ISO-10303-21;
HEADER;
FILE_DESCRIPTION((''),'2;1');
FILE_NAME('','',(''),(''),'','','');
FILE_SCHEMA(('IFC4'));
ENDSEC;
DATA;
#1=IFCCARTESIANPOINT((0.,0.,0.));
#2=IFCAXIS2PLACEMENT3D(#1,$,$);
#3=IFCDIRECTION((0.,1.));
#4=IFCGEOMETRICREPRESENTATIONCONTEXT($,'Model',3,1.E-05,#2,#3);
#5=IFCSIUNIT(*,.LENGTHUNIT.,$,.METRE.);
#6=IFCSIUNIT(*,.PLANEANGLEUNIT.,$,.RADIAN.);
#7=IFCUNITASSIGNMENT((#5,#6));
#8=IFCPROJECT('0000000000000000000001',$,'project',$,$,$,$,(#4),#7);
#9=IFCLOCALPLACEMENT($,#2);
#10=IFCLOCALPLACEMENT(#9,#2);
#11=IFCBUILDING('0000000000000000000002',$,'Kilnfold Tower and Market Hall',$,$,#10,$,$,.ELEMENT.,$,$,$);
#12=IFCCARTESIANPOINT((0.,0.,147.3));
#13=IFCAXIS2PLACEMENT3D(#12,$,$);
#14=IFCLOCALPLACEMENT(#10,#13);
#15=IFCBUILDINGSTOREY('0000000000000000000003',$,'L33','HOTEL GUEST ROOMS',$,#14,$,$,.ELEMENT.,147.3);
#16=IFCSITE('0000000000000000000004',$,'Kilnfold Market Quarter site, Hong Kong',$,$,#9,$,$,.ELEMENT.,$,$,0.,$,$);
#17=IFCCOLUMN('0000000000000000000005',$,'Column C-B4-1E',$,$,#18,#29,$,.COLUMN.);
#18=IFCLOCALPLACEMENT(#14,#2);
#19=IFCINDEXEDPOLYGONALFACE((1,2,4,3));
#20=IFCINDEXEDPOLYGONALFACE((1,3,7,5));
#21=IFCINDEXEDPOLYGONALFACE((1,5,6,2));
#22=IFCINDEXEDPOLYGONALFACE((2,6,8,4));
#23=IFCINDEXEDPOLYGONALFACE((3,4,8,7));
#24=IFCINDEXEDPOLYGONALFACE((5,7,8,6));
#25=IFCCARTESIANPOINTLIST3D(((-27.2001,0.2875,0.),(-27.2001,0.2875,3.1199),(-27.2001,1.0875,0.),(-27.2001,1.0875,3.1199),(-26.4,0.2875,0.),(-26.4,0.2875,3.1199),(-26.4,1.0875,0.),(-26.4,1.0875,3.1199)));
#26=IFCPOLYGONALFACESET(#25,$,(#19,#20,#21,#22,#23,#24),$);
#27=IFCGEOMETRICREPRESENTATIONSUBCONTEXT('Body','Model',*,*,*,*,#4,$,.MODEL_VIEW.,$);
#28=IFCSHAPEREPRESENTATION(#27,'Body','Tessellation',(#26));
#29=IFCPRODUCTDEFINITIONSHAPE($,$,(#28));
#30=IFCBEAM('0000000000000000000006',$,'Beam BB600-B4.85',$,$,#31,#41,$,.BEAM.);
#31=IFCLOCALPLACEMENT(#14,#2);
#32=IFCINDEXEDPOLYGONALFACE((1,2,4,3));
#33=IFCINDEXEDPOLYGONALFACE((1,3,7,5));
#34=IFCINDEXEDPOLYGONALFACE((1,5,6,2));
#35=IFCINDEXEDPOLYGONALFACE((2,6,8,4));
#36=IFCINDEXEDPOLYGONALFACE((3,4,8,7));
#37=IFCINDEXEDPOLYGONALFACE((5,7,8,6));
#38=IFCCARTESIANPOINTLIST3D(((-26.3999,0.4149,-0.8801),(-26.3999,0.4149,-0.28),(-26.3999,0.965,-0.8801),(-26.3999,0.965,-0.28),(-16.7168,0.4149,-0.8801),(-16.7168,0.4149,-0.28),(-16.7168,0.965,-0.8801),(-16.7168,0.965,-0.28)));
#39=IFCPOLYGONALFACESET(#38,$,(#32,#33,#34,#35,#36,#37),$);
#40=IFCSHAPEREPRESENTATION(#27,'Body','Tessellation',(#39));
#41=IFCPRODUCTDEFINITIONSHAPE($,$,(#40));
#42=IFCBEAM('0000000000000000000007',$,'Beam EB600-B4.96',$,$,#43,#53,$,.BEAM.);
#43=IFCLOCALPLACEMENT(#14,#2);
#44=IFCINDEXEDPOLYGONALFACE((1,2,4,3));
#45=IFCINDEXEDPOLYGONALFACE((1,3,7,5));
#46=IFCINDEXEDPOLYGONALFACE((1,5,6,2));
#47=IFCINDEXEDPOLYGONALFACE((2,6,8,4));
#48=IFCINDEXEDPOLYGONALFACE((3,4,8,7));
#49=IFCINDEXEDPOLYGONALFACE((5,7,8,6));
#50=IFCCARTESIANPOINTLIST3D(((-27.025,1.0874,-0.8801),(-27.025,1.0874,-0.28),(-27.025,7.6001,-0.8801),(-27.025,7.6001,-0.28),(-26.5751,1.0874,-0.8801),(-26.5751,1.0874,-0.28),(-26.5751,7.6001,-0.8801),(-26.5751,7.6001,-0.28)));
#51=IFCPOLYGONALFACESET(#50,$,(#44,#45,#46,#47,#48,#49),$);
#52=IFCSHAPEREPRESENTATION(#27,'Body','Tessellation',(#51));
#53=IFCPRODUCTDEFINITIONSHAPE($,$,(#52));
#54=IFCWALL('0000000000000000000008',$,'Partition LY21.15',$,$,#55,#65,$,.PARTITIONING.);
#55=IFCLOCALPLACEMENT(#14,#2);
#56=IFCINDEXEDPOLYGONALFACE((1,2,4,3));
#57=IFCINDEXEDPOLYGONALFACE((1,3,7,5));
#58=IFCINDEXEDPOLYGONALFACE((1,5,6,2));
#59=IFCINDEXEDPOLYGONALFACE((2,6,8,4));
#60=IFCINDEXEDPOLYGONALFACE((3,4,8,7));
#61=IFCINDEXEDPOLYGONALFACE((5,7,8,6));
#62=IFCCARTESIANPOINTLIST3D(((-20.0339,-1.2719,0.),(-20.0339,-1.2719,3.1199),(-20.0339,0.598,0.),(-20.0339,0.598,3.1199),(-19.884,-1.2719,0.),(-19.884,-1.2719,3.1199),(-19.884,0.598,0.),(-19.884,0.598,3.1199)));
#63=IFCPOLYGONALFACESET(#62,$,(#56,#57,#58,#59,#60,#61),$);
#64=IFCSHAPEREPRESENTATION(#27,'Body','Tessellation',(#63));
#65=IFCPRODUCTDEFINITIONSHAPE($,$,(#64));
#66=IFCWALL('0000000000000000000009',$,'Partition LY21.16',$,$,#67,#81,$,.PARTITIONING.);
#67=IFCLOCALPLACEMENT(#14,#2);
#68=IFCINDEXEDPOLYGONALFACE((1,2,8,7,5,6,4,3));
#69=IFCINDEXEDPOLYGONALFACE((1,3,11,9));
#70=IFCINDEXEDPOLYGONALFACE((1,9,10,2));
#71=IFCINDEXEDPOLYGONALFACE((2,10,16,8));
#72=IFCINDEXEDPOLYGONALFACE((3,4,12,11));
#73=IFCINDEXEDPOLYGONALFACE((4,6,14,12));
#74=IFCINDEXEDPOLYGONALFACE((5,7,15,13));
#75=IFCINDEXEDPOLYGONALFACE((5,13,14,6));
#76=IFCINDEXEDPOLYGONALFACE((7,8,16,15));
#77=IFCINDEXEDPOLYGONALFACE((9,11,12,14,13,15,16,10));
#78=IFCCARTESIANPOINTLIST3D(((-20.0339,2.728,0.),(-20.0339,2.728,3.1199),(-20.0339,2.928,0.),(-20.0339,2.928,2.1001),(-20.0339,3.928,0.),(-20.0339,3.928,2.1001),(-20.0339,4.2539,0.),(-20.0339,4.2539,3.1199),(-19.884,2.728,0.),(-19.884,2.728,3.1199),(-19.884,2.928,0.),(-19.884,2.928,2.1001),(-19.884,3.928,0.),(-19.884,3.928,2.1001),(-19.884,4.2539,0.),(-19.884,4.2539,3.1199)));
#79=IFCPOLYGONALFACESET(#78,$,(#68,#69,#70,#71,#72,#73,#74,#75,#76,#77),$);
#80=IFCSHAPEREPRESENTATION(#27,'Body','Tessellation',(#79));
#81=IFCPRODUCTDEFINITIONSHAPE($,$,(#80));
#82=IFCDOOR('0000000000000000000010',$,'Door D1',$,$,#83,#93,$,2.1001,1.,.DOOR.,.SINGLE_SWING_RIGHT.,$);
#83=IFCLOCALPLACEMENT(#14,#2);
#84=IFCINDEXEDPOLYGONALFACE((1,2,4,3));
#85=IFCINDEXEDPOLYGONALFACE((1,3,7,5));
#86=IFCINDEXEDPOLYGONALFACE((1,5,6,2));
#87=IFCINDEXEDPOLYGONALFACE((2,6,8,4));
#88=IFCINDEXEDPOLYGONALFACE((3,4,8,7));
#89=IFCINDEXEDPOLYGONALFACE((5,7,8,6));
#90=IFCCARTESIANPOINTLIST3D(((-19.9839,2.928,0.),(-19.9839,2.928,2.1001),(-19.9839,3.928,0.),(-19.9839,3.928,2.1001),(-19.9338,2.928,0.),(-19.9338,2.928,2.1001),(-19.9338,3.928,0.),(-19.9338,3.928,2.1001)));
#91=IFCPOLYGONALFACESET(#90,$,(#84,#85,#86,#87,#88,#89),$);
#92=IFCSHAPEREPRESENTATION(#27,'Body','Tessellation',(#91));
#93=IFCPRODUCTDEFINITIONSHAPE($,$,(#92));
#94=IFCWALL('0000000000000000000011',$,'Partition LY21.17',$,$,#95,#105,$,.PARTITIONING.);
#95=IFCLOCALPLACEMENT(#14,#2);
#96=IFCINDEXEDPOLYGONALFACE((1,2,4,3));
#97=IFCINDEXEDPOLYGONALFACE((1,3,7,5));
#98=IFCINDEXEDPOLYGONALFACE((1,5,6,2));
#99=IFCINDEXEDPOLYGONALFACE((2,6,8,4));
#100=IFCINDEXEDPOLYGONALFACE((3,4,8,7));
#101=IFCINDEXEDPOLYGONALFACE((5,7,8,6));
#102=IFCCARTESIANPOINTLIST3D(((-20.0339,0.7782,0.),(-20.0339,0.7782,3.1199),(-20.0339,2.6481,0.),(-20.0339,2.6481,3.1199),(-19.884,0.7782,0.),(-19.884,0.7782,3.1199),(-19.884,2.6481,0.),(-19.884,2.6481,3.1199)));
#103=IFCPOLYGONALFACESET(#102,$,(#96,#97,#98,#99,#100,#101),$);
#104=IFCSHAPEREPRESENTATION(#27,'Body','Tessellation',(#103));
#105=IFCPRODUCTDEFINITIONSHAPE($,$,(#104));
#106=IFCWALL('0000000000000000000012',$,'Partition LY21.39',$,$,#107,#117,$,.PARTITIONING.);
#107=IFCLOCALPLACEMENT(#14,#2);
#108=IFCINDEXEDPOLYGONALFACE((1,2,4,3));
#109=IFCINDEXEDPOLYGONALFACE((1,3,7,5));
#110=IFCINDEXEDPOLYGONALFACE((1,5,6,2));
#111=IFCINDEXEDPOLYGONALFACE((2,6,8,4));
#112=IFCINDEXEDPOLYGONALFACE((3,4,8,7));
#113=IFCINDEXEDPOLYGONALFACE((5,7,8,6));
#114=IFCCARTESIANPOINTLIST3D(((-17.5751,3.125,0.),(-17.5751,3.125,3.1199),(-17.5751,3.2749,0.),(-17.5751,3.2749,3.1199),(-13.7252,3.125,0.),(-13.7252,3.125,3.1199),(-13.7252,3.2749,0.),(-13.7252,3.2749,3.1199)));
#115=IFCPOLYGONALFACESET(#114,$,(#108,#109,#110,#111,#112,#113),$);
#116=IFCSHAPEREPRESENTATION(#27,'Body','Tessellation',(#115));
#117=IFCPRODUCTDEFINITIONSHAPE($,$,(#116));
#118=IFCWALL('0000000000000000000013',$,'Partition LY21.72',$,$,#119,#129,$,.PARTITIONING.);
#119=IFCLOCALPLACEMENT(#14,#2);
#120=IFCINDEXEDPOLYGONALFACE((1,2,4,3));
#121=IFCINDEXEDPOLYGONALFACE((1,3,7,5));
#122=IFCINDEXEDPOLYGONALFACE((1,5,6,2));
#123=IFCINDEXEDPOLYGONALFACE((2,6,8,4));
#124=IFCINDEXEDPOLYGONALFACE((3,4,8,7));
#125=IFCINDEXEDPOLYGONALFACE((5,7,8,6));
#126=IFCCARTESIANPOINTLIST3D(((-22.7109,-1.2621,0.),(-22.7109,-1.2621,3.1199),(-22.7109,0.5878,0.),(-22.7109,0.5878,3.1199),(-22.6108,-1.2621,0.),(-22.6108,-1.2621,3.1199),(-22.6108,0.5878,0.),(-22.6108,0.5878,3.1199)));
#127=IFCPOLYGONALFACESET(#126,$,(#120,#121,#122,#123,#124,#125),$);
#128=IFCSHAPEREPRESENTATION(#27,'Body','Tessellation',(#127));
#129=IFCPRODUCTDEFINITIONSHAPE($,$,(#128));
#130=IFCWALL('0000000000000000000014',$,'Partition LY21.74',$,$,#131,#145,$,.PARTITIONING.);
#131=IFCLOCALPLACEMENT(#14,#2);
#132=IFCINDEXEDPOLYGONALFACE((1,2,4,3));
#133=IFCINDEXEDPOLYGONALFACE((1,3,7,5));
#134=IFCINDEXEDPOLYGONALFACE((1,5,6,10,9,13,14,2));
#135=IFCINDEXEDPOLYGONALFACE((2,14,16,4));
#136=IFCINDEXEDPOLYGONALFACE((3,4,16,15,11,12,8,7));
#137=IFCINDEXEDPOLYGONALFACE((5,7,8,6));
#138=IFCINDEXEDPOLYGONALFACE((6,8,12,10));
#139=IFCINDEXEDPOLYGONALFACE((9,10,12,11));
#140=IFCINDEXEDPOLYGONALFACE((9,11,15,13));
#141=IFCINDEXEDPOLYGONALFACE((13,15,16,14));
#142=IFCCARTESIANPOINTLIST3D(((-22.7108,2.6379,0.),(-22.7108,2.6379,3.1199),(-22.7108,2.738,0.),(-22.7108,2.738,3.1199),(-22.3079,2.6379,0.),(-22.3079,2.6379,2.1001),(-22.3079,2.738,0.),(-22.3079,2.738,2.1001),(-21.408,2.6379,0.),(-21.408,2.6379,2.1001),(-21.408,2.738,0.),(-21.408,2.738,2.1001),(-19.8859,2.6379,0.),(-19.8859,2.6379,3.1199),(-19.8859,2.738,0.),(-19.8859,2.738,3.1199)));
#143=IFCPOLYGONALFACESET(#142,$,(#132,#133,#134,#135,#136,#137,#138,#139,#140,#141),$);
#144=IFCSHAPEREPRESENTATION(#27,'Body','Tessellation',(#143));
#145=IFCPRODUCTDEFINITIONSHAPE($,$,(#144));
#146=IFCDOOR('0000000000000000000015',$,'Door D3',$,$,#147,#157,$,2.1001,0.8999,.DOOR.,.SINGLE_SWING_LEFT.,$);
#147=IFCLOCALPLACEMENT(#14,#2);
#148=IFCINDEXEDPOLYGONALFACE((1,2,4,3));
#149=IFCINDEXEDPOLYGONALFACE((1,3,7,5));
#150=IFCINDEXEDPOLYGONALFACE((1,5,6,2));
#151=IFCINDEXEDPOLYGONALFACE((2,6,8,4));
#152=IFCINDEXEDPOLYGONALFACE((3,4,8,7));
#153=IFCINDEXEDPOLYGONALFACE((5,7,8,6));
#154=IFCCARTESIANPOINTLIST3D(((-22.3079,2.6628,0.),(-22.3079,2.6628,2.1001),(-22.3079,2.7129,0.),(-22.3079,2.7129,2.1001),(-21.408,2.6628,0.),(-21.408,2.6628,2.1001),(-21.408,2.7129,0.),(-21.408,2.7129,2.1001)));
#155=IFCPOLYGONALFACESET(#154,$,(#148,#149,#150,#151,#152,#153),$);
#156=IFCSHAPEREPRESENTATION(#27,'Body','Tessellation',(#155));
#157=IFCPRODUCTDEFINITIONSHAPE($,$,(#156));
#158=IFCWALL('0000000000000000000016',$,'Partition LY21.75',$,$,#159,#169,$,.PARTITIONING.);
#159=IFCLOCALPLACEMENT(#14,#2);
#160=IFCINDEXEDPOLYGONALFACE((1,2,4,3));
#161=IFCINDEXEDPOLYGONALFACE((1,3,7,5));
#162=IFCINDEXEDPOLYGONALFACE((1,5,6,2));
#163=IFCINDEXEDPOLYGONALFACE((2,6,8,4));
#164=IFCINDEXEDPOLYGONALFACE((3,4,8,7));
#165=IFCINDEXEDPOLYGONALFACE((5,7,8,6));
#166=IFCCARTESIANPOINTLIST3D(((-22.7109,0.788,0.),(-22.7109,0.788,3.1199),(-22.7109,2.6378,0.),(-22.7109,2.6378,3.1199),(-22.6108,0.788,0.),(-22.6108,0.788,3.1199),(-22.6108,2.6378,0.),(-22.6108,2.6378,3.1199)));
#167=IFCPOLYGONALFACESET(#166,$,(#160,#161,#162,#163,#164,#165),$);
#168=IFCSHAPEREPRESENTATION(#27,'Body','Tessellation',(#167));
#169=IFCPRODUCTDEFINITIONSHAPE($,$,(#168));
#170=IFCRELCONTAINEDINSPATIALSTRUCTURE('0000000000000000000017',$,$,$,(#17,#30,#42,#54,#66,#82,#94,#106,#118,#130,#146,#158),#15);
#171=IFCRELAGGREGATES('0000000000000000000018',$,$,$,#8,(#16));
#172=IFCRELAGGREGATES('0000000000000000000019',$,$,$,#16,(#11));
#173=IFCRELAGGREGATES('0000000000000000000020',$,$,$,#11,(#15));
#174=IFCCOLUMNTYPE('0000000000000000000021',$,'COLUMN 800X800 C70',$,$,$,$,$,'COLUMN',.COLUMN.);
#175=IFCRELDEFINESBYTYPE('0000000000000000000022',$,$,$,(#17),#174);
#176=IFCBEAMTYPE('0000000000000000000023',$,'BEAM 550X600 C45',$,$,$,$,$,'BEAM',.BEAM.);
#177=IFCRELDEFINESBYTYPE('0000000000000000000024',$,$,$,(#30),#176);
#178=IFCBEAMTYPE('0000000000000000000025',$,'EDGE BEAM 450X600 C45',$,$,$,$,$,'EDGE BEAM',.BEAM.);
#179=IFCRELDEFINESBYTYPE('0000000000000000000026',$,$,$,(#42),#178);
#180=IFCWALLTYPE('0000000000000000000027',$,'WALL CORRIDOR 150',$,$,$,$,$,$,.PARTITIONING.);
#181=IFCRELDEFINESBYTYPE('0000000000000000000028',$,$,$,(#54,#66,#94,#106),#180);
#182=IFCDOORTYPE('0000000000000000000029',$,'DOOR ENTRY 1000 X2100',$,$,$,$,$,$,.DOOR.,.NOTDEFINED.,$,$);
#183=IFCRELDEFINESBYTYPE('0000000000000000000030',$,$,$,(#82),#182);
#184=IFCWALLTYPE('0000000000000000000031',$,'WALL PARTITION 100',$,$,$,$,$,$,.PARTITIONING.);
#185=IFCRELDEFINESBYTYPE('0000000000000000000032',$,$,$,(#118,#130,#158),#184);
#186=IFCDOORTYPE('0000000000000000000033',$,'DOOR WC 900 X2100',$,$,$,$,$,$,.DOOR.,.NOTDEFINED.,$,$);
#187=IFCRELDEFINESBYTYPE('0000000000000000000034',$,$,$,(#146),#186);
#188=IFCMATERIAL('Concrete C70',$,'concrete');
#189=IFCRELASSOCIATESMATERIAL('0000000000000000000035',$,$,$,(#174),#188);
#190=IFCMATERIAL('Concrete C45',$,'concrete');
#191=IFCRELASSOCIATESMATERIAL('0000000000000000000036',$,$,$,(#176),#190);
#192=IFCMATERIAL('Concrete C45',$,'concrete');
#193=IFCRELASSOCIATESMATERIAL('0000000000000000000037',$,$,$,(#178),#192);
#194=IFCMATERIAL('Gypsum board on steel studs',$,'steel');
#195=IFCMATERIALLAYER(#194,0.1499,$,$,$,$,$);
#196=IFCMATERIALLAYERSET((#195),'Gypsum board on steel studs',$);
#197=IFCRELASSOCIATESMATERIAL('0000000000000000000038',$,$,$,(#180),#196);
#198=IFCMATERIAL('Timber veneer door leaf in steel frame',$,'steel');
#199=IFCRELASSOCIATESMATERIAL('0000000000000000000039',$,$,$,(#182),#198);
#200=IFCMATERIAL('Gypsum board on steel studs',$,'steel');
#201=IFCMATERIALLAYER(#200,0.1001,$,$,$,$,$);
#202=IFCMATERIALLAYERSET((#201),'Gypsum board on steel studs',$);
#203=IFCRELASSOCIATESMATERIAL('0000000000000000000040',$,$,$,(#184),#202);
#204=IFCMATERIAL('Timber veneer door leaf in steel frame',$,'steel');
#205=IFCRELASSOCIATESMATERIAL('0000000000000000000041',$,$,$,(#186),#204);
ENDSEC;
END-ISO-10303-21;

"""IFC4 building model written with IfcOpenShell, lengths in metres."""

from ifc_helpers import new_model, si_unit, direction, frame, frame_2d, origin, origin_2d, place, context, subcontext, project, spatial, rectangle, extrude, source, transform, mapped, material, layer, layer_set, material_profile, profile_set, type_object, element, fill, save


model = new_model("IFC4")

# Units and contexts
model_context = context("Model", 3, precision=1e-05, world=origin(), true_north=direction((0.0, 1.0)))
body_context = subcontext(model_context, "Body", "Model", "MODEL_VIEW")
ifc_project = project(units=[si_unit("LENGTHUNIT", "METRE"), si_unit("PLANEANGLEUNIT", "RADIAN")], contexts=[model_context])

# Site, building, storey
site_placement = place(None, origin())
site = spatial("IfcSite", under=ifc_project, at=site_placement, Name="Kilnfold Market Quarter site, Hong Kong", CompositionType="ELEMENT", RefElevation=0.0)
building_placement = place(site_placement, origin())
building = spatial("IfcBuilding", under=site, at=building_placement, Name="Kilnfold Tower and Market Hall", CompositionType="ELEMENT")
storey_placement = place(building_placement, frame((0.0, 0.0, 147.3)))
storey = spatial("IfcBuildingStorey", under=building, at=storey_placement, Name="L33", Description="HOTEL GUEST ROOMS", CompositionType="ELEMENT", Elevation=147.3)

# Column
ifc_material_1 = material(Name="Concrete C70", Category="concrete")
ifc_material_profile_1 = material_profile(ifc_material_1, rectangle(XDim=0.8, YDim=0.8, at=origin_2d()), Name="RC 800x800")
ifc_profile_set_1 = profile_set([ifc_material_profile_1], Name="Concrete C70")
column_type = type_object("IfcColumnType", Name="COLUMN 800X800 C70", ElementType="COLUMN", PredefinedType="COLUMN", material=ifc_profile_set_1)
shared_shape_1 = source(origin(), body_context, "Body", "SweptSolid", [
    extrude(rectangle(XDim=0.8, YDim=0.8, at=origin_2d()), origin(), (0.0, 0.0, 1.0), 3.1199),
])
column_placement = place(storey_placement, frame((-26.8, 0.6875, 0.0), z_axis=(0.0, 0.0, 1.0), x_axis=(1.0, 0.0, 0.0)))
element("IfcColumn", 1, at=column_placement, inside=storey, type_object=column_type, Name="Column C-B4-1E", PredefinedType="COLUMN", context=body_context, shape_type="MappedRepresentation", body=[
    mapped(shared_shape_1, transform((0.0, 0.0, 0.0))),
])

# Beams
ifc_material_2 = material(Name="Concrete C45", Category="concrete")
ifc_material_profile_2 = material_profile(ifc_material_2, rectangle(XDim=0.55, YDim=0.6001, at=origin_2d()), Name="RC 550x600")
ifc_profile_set_2 = profile_set([ifc_material_profile_2], Name="Concrete C45")
beam_type_1 = type_object("IfcBeamType", Name="BEAM 550X600 C45", ElementType="BEAM", PredefinedType="BEAM", material=ifc_profile_set_2)
shared_shape_2 = source(origin(), body_context, "Body", "SweptSolid", [
    extrude(rectangle(XDim=0.55, YDim=0.6001, at=origin_2d()), origin(), (0.0, 0.0, 1.0), 9.6831),
])
beam_1_placement = place(storey_placement, frame((-26.3999, 0.6899, -0.5801), z_axis=(1.0, 0.0, 0.0), x_axis=(0.0, 1.0, 0.0)))
element("IfcBeam", 2, at=beam_1_placement, inside=storey, type_object=beam_type_1, Name="Beam BB600-B4.85", PredefinedType="BEAM", context=body_context, shape_type="MappedRepresentation", body=[
    mapped(shared_shape_2, transform((0.0, 0.0, 0.0))),
])
ifc_material_3 = material(Name="Concrete C45", Category="concrete")
ifc_material_profile_3 = material_profile(ifc_material_3, rectangle(XDim=0.45, YDim=0.6001, at=origin_2d()), Name="RC 450x600")
ifc_profile_set_3 = profile_set([ifc_material_profile_3], Name="Concrete C45")
beam_type_2 = type_object("IfcBeamType", Name="EDGE BEAM 450X600 C45", ElementType="EDGE BEAM", PredefinedType="BEAM", material=ifc_profile_set_3)
shared_shape_3 = source(origin(), body_context, "Body", "SweptSolid", [
    extrude(rectangle(XDim=0.45, YDim=0.6001, at=origin_2d()), origin(), (0.0, 0.0, 1.0), 6.5127),
])
beam_2_placement = place(storey_placement, frame((-26.8, 1.0874, -0.5801), z_axis=(0.0, 1.0, 0.0), x_axis=(-1.0, 0.0, 0.0)))
element("IfcBeam", 3, at=beam_2_placement, inside=storey, type_object=beam_type_2, Name="Beam EB600-B4.96", PredefinedType="BEAM", context=body_context, shape_type="MappedRepresentation", body=[
    mapped(shared_shape_3, transform((0.0, 0.0, 0.0))),
])

# Wall
ifc_material_4 = material(Name="Gypsum board on steel studs", Category="steel")
ifc_layer_1 = layer(ifc_material_4, 0.1499)
ifc_layer_set_1 = layer_set([ifc_layer_1], Name="Gypsum board on steel studs")
wall_type_1 = type_object("IfcWallType", Name="WALL CORRIDOR 150", PredefinedType="PARTITIONING", material=ifc_layer_set_1)
wall_1_placement = place(storey_placement, frame((-19.959, -1.272, 0.0), z_axis=(0.0, 0.0, 1.0), x_axis=(0.0, 1.0, 0.0)))
element("IfcWall", 4, at=wall_1_placement, inside=storey, type_object=wall_type_1, Name="Partition LY21.15", PredefinedType="PARTITIONING", context=body_context, shape_type="SweptSolid", body=[
    extrude(rectangle(XDim=1.8699, YDim=0.1499, at=frame_2d((0.9351, 0.0))), origin(), (0.0, 0.0, 1.0), 3.1199),
])

# Wall, opening, door
wall_2_placement = place(storey_placement, frame((-19.959, 2.728, 0.0), z_axis=(0.0, 0.0, 1.0), x_axis=(0.0, 1.0, 0.0)))
wall_2 = element("IfcWall", 5, at=wall_2_placement, inside=storey, type_object=wall_type_1, Name="Partition LY21.16", PredefinedType="PARTITIONING", context=body_context, shape_type="SweptSolid", body=[
    extrude(rectangle(XDim=1.5259, YDim=0.1499, at=frame_2d((0.7629, 0.0))), origin(), (0.0, 0.0, 1.0), 3.1199),
])
opening_1_placement = place(wall_2_placement, frame((0.2, 0.0, 0.0)))
opening_1 = element("IfcOpeningElement", 6, at=opening_1_placement, cuts=wall_2, PredefinedType="OPENING", context=body_context, shape_type="SweptSolid", body=[
    extrude(rectangle(XDim=1.0, YDim=2.1001, at=frame_2d((0.5, 1.05))), frame((0.0, 0.085, 0.0), z_axis=(0.0, -1.0, 0.0), x_axis=(1.0, 0.0, 0.0)), (0.0, 0.0, 1.0), 0.1699),
])
ifc_material_5 = material(Name="Timber veneer door leaf in steel frame", Category="steel")
door_type_1 = type_object("IfcDoorType", Name="DOOR ENTRY 1000 X2100", OperationType="NOTDEFINED", PredefinedType="DOOR", material=ifc_material_5)
door_1_placement = place(opening_1_placement, origin())
door_1 = element("IfcDoor", 7, at=door_1_placement, inside=storey, type_object=door_type_1, Name="Door D1", OperationType="SINGLE_SWING_RIGHT", OverallHeight=2.1001, OverallWidth=1.0, PredefinedType="DOOR", context=body_context, shape_type="SweptSolid", body=[
    extrude(rectangle(XDim=1.0, YDim=2.1001, at=frame_2d((0.5, 1.05))), frame((0.0, 0.0249, 0.0), z_axis=(0.0, -1.0, 0.0), x_axis=(1.0, 0.0, 0.0)), (0.0, 0.0, 1.0), 0.05),
])
fill(opening_1, door_1)

# Walls
wall_3_placement = place(storey_placement, frame((-19.959, 0.7781, 0.0), z_axis=(0.0, 0.0, 1.0), x_axis=(0.0, 1.0, 0.0)))
element("IfcWall", 8, at=wall_3_placement, inside=storey, type_object=wall_type_1, Name="Partition LY21.17", PredefinedType="PARTITIONING", context=body_context, shape_type="SweptSolid", body=[
    extrude(rectangle(XDim=1.8699, YDim=0.1499, at=frame_2d((0.9351, 0.0))), origin(), (0.0, 0.0, 1.0), 3.1199),
])
wall_4_placement = place(storey_placement, frame((-17.575, 3.2, 0.0), z_axis=(0.0, 0.0, 1.0), x_axis=(1.0, 0.0, 0.0)))
element("IfcWall", 9, at=wall_4_placement, inside=storey, type_object=wall_type_1, Name="Partition LY21.39", PredefinedType="PARTITIONING", context=body_context, shape_type="SweptSolid", body=[
    extrude(rectangle(XDim=3.8499, YDim=0.1499, at=frame_2d((1.9248, 0.0))), origin(), (0.0, 0.0, 1.0), 3.1199),
])
ifc_material_6 = material(Name="Gypsum board on steel studs", Category="steel")
ifc_layer_2 = layer(ifc_material_6, 0.1001)
ifc_layer_set_2 = layer_set([ifc_layer_2], Name="Gypsum board on steel studs")
wall_type_2 = type_object("IfcWallType", Name="WALL PARTITION 100", PredefinedType="PARTITIONING", material=ifc_layer_set_2)
wall_5_placement = place(storey_placement, frame((-22.6609, -1.262, 0.0), z_axis=(0.0, 0.0, 1.0), x_axis=(0.0, 1.0, 0.0)))
element("IfcWall", 10, at=wall_5_placement, inside=storey, type_object=wall_type_2, Name="Partition LY21.72", PredefinedType="PARTITIONING", context=body_context, shape_type="SweptSolid", body=[
    extrude(rectangle(XDim=1.8499, YDim=0.1001, at=frame_2d((0.9248, 0.0))), origin(), (0.0, 0.0, 1.0), 3.1199),
])

# Wall, opening, door
wall_6_placement = place(storey_placement, frame((-22.7109, 2.688, 0.0), z_axis=(0.0, 0.0, 1.0), x_axis=(1.0, 0.0, 0.0)))
wall_6 = element("IfcWall", 11, at=wall_6_placement, inside=storey, type_object=wall_type_2, Name="Partition LY21.74", PredefinedType="PARTITIONING", context=body_context, shape_type="SweptSolid", body=[
    extrude(rectangle(XDim=2.825, YDim=0.1001, at=frame_2d((1.4126, 0.0))), origin(), (0.0, 0.0, 1.0), 3.1199),
])
opening_2_placement = place(wall_6_placement, frame((0.4031, 0.0, 0.0)))
opening_2 = element("IfcOpeningElement", 12, at=opening_2_placement, cuts=wall_6, PredefinedType="OPENING", context=body_context, shape_type="SweptSolid", body=[
    extrude(rectangle(XDim=0.8999, YDim=2.1001, at=frame_2d((0.45, 1.05))), frame((0.0, 0.0601, 0.0), z_axis=(0.0, -1.0, 0.0), x_axis=(1.0, 0.0, 0.0)), (0.0, 0.0, 1.0), 0.1201),
])
ifc_material_7 = material(Name="Timber veneer door leaf in steel frame", Category="steel")
door_type_2 = type_object("IfcDoorType", Name="DOOR WC 900 X2100", OperationType="NOTDEFINED", PredefinedType="DOOR", material=ifc_material_7)
door_2_placement = place(opening_2_placement, origin())
door_2 = element("IfcDoor", 13, at=door_2_placement, inside=storey, type_object=door_type_2, Name="Door D3", OperationType="SINGLE_SWING_LEFT", OverallHeight=2.1001, OverallWidth=0.8999, PredefinedType="DOOR", context=body_context, shape_type="SweptSolid", body=[
    extrude(rectangle(XDim=0.8999, YDim=2.1001, at=frame_2d((0.45, 1.05))), frame((0.0, 0.0249, 0.0), z_axis=(0.0, -1.0, 0.0), x_axis=(1.0, 0.0, 0.0)), (0.0, 0.0, 1.0), 0.05),
])
fill(opening_2, door_2)

# Wall
wall_7_placement = place(storey_placement, frame((-22.6609, 0.7881, 0.0), z_axis=(0.0, 0.0, 1.0), x_axis=(0.0, 1.0, 0.0)))
element("IfcWall", 14, at=wall_7_placement, inside=storey, type_object=wall_type_2, Name="Partition LY21.75", PredefinedType="PARTITIONING", context=body_context, shape_type="SweptSolid", body=[
    extrude(rectangle(XDim=1.8499, YDim=0.1001, at=frame_2d((0.9248, 0.0))), origin(), (0.0, 0.0, 1.0), 3.1199),
])

save(model, "model.ifc")
